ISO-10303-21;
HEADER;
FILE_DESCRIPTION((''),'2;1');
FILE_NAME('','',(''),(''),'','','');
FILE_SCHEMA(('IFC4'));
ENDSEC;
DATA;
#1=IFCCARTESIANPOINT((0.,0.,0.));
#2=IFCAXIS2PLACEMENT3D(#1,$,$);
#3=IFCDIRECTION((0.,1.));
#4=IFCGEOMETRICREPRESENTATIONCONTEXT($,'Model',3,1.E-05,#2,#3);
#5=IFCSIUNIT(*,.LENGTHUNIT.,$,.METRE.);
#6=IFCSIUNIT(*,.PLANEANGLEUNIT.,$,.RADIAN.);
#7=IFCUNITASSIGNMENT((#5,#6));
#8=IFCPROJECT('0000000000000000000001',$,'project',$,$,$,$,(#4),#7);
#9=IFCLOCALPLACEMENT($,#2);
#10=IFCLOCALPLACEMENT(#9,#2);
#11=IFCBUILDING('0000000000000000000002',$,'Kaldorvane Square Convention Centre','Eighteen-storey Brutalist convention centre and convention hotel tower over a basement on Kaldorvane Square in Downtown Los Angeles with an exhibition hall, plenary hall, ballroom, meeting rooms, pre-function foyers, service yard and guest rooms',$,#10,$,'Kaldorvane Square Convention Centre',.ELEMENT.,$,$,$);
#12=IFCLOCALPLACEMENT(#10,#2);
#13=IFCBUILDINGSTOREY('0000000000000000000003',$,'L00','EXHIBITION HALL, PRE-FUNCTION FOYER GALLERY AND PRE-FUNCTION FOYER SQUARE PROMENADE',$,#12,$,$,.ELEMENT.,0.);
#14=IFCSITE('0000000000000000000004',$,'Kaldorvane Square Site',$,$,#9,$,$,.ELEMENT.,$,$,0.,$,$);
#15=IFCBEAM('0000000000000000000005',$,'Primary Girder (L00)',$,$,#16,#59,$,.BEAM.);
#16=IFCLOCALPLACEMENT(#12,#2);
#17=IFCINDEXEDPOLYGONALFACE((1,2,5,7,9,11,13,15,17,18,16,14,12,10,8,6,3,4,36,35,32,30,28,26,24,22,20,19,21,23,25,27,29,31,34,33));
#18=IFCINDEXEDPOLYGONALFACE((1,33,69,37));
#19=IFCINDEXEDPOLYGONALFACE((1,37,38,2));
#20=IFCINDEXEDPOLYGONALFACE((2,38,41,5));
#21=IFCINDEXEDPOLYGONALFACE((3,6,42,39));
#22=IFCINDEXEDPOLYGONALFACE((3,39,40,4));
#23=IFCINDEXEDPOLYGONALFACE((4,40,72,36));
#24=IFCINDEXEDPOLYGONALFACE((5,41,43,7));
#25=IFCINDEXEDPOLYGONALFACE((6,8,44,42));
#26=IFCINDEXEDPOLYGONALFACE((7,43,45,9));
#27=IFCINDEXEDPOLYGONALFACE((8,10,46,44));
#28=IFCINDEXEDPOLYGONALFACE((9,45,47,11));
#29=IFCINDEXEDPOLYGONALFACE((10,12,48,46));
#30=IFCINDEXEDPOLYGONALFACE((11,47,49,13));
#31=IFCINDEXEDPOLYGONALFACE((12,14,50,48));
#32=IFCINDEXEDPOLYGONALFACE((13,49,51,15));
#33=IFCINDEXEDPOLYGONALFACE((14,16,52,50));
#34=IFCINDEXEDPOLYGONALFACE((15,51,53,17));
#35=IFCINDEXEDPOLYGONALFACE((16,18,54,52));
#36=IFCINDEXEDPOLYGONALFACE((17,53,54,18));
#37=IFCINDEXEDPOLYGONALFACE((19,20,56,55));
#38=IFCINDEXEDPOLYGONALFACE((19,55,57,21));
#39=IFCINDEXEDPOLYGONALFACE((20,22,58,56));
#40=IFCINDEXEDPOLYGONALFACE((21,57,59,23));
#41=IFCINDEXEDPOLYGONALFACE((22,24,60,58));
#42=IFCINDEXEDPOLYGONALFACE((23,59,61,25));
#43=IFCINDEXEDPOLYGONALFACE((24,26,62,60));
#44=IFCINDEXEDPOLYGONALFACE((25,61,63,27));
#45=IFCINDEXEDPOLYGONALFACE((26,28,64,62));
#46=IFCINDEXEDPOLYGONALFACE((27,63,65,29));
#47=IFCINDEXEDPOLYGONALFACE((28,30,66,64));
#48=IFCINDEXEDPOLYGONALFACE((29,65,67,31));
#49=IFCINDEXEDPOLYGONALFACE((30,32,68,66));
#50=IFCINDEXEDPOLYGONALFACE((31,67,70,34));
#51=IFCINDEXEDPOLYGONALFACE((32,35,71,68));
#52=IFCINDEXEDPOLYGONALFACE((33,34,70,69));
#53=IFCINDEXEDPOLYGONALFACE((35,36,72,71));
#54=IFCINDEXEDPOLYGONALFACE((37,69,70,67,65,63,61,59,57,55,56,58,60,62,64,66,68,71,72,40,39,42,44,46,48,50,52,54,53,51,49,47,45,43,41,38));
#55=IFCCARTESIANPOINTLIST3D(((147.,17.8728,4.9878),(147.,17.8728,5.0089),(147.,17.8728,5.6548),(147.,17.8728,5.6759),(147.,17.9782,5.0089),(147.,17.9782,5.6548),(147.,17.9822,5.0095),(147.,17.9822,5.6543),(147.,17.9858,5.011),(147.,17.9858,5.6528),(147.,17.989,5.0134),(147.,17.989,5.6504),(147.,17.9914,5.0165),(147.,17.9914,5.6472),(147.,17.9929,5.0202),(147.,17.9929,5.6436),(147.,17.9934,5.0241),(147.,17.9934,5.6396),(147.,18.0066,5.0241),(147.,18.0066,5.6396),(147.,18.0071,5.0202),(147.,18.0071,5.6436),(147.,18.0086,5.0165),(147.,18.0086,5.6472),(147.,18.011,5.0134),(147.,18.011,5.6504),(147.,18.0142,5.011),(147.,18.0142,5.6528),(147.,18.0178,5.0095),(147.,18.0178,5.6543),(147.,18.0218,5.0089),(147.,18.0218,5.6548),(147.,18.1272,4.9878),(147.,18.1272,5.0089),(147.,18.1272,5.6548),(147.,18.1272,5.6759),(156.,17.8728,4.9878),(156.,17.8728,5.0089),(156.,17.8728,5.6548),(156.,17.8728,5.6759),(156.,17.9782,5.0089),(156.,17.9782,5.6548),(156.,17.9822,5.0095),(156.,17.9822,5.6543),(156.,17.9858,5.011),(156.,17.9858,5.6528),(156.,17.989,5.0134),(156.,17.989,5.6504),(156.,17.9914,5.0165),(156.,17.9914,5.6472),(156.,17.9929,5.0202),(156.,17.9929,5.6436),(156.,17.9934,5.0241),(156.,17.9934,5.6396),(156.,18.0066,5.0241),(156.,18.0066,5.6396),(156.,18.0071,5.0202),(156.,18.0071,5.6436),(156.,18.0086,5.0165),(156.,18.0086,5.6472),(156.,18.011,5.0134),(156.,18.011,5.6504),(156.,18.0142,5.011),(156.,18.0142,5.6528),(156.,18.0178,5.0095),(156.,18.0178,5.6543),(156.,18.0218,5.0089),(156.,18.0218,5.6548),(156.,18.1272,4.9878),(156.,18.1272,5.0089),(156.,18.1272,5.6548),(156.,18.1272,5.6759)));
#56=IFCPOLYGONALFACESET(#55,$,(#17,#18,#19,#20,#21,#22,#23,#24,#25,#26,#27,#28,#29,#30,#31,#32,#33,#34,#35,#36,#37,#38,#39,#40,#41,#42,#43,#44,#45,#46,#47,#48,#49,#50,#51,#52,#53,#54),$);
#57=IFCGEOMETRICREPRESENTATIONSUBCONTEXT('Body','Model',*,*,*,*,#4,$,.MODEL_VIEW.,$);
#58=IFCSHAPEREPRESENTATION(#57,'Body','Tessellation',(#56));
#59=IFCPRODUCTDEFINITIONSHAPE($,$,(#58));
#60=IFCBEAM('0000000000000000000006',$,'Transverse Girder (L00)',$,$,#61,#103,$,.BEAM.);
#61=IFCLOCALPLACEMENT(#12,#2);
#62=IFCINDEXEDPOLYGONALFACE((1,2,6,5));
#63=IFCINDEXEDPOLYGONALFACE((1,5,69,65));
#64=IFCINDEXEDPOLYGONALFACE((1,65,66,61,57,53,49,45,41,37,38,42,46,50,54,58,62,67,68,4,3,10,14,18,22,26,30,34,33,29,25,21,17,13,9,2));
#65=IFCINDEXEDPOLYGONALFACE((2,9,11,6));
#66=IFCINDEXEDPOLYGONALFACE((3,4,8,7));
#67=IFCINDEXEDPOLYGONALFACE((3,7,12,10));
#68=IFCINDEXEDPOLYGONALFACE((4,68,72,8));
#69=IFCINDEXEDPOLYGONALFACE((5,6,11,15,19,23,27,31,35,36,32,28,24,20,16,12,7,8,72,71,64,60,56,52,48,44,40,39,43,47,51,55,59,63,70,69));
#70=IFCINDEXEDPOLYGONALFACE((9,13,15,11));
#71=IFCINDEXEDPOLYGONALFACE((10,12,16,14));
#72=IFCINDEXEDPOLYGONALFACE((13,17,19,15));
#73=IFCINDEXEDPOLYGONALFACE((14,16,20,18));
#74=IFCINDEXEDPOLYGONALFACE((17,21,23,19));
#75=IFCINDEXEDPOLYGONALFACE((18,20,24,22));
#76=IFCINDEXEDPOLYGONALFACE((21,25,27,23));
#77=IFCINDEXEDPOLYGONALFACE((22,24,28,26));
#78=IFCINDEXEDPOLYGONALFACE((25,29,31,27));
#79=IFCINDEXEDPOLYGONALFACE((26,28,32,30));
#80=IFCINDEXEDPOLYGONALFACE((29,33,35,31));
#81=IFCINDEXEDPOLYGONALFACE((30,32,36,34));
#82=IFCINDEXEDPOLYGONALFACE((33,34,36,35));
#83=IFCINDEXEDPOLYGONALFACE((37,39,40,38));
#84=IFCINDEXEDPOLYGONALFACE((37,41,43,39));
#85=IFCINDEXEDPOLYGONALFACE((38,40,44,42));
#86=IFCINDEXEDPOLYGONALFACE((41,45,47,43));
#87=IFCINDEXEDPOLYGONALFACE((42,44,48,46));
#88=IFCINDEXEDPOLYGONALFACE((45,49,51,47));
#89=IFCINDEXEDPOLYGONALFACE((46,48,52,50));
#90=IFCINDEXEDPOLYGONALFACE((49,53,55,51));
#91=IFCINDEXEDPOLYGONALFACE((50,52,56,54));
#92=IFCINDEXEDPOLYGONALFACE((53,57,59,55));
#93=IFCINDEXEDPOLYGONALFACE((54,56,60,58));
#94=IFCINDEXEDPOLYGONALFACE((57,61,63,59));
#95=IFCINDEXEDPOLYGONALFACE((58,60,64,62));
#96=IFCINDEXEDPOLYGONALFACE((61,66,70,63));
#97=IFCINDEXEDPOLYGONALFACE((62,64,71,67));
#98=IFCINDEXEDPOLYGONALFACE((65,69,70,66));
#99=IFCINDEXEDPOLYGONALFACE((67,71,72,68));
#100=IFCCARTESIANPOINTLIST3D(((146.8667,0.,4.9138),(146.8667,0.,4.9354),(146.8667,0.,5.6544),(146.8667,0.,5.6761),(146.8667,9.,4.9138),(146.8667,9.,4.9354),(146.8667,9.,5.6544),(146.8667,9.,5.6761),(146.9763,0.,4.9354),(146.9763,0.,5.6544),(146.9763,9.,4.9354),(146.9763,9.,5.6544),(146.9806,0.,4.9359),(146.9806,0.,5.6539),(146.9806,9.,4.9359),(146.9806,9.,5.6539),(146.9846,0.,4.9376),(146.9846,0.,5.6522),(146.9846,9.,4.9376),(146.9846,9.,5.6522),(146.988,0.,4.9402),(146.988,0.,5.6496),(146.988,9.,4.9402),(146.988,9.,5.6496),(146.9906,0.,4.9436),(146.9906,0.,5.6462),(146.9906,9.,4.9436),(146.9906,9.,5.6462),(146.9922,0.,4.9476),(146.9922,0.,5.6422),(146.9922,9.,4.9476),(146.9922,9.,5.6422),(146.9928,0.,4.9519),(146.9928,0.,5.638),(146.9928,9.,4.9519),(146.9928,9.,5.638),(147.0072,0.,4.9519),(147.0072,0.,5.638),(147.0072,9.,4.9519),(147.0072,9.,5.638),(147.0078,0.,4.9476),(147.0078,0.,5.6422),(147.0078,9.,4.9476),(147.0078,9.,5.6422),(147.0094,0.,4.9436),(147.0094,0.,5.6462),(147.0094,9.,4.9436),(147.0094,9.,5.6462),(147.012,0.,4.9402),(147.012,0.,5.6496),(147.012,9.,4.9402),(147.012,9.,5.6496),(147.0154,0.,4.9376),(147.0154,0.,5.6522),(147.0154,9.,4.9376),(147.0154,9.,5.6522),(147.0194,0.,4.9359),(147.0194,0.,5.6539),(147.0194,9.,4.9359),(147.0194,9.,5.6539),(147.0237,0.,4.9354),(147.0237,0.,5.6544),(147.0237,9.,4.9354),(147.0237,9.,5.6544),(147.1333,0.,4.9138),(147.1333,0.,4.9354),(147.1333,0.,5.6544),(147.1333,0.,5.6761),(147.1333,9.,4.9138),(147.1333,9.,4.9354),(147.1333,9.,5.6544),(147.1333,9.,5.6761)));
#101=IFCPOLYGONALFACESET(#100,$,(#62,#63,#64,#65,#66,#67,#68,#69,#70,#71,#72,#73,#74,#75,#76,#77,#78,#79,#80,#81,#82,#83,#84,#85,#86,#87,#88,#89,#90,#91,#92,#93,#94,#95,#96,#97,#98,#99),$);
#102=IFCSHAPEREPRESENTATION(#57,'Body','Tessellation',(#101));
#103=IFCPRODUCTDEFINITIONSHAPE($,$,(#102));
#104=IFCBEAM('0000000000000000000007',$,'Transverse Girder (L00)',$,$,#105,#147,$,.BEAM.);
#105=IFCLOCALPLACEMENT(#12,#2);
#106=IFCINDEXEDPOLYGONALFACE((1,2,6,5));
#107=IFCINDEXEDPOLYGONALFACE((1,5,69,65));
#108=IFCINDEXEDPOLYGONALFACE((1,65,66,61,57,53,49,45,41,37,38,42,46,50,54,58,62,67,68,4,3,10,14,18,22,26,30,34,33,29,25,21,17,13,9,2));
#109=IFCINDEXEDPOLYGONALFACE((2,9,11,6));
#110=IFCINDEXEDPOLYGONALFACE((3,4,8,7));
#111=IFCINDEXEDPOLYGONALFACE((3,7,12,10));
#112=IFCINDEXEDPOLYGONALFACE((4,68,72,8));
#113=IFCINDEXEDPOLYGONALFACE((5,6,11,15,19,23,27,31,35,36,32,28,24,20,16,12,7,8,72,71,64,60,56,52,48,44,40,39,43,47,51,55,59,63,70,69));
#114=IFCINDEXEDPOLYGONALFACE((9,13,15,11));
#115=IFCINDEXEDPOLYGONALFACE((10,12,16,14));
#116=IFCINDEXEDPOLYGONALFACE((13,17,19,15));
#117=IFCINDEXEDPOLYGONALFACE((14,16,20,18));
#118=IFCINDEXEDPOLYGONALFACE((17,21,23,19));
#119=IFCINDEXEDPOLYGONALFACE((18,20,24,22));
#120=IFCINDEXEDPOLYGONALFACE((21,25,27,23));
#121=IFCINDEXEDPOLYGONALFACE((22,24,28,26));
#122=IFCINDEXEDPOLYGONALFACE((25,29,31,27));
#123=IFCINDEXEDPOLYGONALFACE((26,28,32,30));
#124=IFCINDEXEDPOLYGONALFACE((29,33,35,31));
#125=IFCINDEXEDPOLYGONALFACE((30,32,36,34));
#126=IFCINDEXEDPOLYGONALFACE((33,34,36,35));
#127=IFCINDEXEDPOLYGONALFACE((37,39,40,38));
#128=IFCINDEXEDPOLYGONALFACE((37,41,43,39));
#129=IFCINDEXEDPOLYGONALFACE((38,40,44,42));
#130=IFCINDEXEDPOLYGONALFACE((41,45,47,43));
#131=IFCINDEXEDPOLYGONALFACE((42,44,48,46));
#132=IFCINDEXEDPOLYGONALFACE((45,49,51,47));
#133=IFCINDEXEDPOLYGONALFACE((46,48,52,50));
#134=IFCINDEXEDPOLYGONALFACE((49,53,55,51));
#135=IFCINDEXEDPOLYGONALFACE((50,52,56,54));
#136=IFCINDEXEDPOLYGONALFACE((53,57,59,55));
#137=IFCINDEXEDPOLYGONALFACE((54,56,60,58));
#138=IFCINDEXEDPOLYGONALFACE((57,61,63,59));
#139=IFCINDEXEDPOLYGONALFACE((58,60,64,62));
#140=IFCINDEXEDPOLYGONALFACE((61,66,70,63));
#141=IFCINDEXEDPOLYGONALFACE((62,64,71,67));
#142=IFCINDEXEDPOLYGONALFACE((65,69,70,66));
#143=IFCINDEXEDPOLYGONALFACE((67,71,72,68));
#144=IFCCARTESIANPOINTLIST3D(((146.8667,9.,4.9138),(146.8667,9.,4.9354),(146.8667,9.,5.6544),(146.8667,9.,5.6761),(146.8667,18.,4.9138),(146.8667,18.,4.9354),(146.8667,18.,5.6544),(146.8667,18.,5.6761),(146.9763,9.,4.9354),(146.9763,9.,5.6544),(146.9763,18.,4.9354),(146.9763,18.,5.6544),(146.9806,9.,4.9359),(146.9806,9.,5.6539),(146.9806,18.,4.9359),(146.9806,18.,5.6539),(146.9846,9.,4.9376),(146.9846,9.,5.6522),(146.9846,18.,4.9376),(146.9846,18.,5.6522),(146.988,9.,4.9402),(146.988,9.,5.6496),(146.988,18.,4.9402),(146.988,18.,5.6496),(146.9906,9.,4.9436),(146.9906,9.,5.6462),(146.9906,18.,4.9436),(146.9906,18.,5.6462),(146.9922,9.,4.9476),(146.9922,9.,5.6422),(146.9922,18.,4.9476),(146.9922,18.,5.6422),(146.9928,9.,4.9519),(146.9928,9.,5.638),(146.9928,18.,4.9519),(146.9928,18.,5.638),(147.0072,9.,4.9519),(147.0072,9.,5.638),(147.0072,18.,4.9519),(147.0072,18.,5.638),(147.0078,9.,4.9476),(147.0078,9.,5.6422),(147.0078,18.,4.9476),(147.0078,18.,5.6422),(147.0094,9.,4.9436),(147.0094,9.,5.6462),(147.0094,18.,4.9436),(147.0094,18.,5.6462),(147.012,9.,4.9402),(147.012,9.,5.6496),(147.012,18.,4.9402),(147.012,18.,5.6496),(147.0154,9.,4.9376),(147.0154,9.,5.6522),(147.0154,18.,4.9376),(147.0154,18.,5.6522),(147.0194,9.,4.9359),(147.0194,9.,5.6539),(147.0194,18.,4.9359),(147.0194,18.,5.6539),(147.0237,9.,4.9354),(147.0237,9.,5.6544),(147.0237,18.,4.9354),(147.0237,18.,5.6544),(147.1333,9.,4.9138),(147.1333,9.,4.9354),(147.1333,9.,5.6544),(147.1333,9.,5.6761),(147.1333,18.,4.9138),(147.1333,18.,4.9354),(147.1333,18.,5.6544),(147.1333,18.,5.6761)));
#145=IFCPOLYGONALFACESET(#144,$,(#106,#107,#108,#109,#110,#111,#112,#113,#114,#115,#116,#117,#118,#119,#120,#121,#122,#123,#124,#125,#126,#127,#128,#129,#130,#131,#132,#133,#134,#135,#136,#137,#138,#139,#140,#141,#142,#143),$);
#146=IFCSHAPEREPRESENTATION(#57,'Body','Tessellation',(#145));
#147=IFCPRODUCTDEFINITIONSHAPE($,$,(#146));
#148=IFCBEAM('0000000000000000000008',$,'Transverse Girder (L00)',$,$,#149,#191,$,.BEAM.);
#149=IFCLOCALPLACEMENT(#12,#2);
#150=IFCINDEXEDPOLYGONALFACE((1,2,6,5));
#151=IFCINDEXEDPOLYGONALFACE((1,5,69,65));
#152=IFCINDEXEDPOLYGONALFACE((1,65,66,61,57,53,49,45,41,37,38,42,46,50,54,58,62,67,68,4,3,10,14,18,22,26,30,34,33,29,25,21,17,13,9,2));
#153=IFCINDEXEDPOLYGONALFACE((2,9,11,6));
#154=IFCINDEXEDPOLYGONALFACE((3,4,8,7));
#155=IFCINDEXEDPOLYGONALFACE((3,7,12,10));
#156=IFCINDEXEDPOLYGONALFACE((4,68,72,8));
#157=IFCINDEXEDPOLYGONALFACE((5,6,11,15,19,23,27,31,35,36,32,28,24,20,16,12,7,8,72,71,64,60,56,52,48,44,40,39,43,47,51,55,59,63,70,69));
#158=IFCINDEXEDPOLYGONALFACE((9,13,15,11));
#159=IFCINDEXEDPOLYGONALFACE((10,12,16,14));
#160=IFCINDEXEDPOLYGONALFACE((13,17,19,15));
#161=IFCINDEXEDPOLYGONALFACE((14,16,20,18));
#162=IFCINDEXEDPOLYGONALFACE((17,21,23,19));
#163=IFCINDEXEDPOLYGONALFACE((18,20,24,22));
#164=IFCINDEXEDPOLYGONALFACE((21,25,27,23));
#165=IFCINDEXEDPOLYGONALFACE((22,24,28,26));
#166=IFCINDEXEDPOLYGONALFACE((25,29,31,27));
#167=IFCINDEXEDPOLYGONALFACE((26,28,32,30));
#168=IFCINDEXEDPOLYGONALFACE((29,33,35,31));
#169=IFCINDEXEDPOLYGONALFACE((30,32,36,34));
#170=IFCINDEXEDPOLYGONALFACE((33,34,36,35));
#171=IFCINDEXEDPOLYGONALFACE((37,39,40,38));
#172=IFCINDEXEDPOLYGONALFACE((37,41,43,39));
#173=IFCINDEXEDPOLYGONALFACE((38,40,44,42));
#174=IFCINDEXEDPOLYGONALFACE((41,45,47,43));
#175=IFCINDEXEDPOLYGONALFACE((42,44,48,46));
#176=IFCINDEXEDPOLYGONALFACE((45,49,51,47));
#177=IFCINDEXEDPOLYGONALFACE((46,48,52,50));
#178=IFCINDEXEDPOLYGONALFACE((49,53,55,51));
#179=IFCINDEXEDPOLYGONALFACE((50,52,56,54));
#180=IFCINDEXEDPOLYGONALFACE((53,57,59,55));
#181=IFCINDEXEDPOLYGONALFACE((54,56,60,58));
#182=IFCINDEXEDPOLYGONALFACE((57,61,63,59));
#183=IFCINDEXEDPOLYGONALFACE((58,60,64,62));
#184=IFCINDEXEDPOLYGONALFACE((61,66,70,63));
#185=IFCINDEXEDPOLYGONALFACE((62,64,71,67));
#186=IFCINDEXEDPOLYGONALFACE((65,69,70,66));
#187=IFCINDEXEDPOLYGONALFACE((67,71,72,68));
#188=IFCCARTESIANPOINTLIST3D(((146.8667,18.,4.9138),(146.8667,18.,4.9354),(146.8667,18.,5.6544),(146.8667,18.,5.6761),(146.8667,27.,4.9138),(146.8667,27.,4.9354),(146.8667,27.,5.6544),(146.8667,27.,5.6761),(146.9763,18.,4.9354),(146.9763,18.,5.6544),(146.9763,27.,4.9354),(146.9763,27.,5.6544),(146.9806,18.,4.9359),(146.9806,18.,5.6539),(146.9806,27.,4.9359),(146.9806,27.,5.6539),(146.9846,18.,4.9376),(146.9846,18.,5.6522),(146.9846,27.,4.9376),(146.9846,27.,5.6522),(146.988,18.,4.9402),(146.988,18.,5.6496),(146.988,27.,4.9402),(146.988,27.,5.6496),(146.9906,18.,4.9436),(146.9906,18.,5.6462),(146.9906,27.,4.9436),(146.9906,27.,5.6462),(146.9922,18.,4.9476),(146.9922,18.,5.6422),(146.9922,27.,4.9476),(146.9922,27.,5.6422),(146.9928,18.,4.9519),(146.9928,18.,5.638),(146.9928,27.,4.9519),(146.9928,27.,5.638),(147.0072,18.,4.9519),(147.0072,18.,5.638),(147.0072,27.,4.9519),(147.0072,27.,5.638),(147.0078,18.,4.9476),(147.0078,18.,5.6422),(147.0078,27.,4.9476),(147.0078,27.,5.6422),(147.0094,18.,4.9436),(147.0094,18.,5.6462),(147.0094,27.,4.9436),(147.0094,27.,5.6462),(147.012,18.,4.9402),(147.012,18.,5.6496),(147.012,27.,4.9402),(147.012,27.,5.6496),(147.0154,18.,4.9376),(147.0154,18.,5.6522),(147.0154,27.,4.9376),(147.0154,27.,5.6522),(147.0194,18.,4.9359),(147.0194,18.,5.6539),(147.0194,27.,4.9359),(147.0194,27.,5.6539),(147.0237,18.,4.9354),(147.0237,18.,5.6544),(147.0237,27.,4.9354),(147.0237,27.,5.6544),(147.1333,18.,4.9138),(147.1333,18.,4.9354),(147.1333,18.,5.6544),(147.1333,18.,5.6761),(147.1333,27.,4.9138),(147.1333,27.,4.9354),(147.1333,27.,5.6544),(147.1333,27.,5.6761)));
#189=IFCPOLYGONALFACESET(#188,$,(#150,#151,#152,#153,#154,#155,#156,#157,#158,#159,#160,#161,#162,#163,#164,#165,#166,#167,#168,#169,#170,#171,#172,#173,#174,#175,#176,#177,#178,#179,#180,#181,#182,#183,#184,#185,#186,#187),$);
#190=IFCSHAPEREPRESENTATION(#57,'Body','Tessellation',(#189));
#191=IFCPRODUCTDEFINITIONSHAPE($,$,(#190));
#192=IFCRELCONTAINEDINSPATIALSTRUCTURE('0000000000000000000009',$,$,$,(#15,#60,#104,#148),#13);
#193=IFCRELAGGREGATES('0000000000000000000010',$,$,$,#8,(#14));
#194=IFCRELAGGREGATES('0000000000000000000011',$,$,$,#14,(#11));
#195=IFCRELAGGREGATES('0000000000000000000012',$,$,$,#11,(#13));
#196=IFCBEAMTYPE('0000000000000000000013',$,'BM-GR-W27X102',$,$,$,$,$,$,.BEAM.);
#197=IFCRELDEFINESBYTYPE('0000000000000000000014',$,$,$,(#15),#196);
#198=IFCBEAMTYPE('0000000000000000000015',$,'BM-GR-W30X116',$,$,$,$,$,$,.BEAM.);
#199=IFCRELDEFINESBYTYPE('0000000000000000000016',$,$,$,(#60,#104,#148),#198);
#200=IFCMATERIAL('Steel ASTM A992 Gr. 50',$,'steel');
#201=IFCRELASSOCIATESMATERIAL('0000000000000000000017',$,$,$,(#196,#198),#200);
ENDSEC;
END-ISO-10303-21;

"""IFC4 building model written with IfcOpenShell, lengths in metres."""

from ifc_helpers import new_model, si_unit, direction, frame, origin, origin_2d, place, context, subcontext, project, spatial, i_section, extrude, material, material_profile, profile_set, type_object, element, save


model = new_model("IFC4")

# Units and contexts
model_context = context("Model", 3, precision=1e-05, world=origin(), true_north=direction((0.0, 1.0)))
body_context = subcontext(model_context, "Body", "Model", "MODEL_VIEW")
ifc_project = project(units=[si_unit("LENGTHUNIT", "METRE"), si_unit("PLANEANGLEUNIT", "RADIAN")], contexts=[model_context])

# Site, building, storey
site_placement = place(None, origin())
site = spatial("IfcSite", under=ifc_project, at=site_placement, Name="Kaldorvane Square Site", CompositionType="ELEMENT", RefElevation=0.0)
building_placement = place(site_placement, origin())
building = spatial("IfcBuilding", under=site, at=building_placement, Name="Kaldorvane Square Convention Centre", Description="Eighteen-storey Brutalist convention centre and convention hotel tower over a basement on Kaldorvane Square in Downtown Los Angeles with an exhibition hall, plenary hall, ballroom, meeting rooms, pre-function foyers, service yard and guest rooms", LongName="Kaldorvane Square Convention Centre", CompositionType="ELEMENT")
storey_placement = place(building_placement, origin())
storey = spatial("IfcBuildingStorey", under=building, at=storey_placement, Name="L00", Description="EXHIBITION HALL, PRE-FUNCTION FOYER GALLERY AND PRE-FUNCTION FOYER SQUARE PROMENADE", CompositionType="ELEMENT", Elevation=0.0)

# Shared definitions
ifc_material_1 = material(Name="Steel ASTM A992 Gr. 50", Category="steel")

# Beams
ifc_material_profile_1 = material_profile(ifc_material_1, i_section(OverallWidth=0.2544, OverallDepth=0.6881, WebThickness=0.0131, FlangeThickness=0.0211, FilletRadius=0.0152, at=origin_2d()), Name="W27X102")
ifc_profile_set_1 = profile_set([ifc_material_profile_1], Name="Steel ASTM A992 Gr. 50")
beam_type_1 = type_object("IfcBeamType", Name="BM-GR-W27X102", PredefinedType="BEAM", material=ifc_profile_set_1)
for number, where, z_axis, x_axis, name in (
    (1, (147.0, 18.0, 5.3319), (1.0, 0.0, 0.0), (0.0, 1.0, 0.0), "Primary Girder (L00)"),
):
    element("IfcBeam", number, at=place(storey_placement, frame(where, z_axis=z_axis, x_axis=x_axis)), inside=storey, type_object=beam_type_1, Name=name, PredefinedType="BEAM", context=body_context, shape_type="SweptSolid", body=[
        extrude(i_section(OverallWidth=0.2544, OverallDepth=0.6881, WebThickness=0.0131, FlangeThickness=0.0211, FilletRadius=0.0152, at=origin_2d()), origin(), (0.0, 0.0, 1.0), 9.0),
    ])
ifc_material_profile_2 = material_profile(ifc_material_1, i_section(OverallWidth=0.2666, OverallDepth=0.7623, WebThickness=0.0144, FlangeThickness=0.0216, FilletRadius=0.0165, at=origin_2d()), Name="W30X116")
ifc_profile_set_2 = profile_set([ifc_material_profile_2], Name="Steel ASTM A992 Gr. 50")
beam_type_2 = type_object("IfcBeamType", Name="BM-GR-W30X116", PredefinedType="BEAM", material=ifc_profile_set_2)
for number, where, z_axis, x_axis, name in (
    (2, (147.0, 0.0, 5.2949), (0.0, 1.0, 0.0), (-1.0, 0.0, 0.0), "Transverse Girder (L00)"),
    (3, (147.0, 9.0, 5.2949), (0.0, 1.0, 0.0), (-1.0, 0.0, 0.0), "Transverse Girder (L00)"),
    (4, (147.0, 18.0, 5.2949), (0.0, 1.0, 0.0), (-1.0, 0.0, 0.0), "Transverse Girder (L00)"),
):
    element("IfcBeam", number, at=place(storey_placement, frame(where, z_axis=z_axis, x_axis=x_axis)), inside=storey, type_object=beam_type_2, Name=name, PredefinedType="BEAM", context=body_context, shape_type="SweptSolid", body=[
        extrude(i_section(OverallWidth=0.2666, OverallDepth=0.7623, WebThickness=0.0144, FlangeThickness=0.0216, FilletRadius=0.0165, at=origin_2d()), origin(), (0.0, 0.0, 1.0), 9.0),
    ])

save(model, "model.ifc")
